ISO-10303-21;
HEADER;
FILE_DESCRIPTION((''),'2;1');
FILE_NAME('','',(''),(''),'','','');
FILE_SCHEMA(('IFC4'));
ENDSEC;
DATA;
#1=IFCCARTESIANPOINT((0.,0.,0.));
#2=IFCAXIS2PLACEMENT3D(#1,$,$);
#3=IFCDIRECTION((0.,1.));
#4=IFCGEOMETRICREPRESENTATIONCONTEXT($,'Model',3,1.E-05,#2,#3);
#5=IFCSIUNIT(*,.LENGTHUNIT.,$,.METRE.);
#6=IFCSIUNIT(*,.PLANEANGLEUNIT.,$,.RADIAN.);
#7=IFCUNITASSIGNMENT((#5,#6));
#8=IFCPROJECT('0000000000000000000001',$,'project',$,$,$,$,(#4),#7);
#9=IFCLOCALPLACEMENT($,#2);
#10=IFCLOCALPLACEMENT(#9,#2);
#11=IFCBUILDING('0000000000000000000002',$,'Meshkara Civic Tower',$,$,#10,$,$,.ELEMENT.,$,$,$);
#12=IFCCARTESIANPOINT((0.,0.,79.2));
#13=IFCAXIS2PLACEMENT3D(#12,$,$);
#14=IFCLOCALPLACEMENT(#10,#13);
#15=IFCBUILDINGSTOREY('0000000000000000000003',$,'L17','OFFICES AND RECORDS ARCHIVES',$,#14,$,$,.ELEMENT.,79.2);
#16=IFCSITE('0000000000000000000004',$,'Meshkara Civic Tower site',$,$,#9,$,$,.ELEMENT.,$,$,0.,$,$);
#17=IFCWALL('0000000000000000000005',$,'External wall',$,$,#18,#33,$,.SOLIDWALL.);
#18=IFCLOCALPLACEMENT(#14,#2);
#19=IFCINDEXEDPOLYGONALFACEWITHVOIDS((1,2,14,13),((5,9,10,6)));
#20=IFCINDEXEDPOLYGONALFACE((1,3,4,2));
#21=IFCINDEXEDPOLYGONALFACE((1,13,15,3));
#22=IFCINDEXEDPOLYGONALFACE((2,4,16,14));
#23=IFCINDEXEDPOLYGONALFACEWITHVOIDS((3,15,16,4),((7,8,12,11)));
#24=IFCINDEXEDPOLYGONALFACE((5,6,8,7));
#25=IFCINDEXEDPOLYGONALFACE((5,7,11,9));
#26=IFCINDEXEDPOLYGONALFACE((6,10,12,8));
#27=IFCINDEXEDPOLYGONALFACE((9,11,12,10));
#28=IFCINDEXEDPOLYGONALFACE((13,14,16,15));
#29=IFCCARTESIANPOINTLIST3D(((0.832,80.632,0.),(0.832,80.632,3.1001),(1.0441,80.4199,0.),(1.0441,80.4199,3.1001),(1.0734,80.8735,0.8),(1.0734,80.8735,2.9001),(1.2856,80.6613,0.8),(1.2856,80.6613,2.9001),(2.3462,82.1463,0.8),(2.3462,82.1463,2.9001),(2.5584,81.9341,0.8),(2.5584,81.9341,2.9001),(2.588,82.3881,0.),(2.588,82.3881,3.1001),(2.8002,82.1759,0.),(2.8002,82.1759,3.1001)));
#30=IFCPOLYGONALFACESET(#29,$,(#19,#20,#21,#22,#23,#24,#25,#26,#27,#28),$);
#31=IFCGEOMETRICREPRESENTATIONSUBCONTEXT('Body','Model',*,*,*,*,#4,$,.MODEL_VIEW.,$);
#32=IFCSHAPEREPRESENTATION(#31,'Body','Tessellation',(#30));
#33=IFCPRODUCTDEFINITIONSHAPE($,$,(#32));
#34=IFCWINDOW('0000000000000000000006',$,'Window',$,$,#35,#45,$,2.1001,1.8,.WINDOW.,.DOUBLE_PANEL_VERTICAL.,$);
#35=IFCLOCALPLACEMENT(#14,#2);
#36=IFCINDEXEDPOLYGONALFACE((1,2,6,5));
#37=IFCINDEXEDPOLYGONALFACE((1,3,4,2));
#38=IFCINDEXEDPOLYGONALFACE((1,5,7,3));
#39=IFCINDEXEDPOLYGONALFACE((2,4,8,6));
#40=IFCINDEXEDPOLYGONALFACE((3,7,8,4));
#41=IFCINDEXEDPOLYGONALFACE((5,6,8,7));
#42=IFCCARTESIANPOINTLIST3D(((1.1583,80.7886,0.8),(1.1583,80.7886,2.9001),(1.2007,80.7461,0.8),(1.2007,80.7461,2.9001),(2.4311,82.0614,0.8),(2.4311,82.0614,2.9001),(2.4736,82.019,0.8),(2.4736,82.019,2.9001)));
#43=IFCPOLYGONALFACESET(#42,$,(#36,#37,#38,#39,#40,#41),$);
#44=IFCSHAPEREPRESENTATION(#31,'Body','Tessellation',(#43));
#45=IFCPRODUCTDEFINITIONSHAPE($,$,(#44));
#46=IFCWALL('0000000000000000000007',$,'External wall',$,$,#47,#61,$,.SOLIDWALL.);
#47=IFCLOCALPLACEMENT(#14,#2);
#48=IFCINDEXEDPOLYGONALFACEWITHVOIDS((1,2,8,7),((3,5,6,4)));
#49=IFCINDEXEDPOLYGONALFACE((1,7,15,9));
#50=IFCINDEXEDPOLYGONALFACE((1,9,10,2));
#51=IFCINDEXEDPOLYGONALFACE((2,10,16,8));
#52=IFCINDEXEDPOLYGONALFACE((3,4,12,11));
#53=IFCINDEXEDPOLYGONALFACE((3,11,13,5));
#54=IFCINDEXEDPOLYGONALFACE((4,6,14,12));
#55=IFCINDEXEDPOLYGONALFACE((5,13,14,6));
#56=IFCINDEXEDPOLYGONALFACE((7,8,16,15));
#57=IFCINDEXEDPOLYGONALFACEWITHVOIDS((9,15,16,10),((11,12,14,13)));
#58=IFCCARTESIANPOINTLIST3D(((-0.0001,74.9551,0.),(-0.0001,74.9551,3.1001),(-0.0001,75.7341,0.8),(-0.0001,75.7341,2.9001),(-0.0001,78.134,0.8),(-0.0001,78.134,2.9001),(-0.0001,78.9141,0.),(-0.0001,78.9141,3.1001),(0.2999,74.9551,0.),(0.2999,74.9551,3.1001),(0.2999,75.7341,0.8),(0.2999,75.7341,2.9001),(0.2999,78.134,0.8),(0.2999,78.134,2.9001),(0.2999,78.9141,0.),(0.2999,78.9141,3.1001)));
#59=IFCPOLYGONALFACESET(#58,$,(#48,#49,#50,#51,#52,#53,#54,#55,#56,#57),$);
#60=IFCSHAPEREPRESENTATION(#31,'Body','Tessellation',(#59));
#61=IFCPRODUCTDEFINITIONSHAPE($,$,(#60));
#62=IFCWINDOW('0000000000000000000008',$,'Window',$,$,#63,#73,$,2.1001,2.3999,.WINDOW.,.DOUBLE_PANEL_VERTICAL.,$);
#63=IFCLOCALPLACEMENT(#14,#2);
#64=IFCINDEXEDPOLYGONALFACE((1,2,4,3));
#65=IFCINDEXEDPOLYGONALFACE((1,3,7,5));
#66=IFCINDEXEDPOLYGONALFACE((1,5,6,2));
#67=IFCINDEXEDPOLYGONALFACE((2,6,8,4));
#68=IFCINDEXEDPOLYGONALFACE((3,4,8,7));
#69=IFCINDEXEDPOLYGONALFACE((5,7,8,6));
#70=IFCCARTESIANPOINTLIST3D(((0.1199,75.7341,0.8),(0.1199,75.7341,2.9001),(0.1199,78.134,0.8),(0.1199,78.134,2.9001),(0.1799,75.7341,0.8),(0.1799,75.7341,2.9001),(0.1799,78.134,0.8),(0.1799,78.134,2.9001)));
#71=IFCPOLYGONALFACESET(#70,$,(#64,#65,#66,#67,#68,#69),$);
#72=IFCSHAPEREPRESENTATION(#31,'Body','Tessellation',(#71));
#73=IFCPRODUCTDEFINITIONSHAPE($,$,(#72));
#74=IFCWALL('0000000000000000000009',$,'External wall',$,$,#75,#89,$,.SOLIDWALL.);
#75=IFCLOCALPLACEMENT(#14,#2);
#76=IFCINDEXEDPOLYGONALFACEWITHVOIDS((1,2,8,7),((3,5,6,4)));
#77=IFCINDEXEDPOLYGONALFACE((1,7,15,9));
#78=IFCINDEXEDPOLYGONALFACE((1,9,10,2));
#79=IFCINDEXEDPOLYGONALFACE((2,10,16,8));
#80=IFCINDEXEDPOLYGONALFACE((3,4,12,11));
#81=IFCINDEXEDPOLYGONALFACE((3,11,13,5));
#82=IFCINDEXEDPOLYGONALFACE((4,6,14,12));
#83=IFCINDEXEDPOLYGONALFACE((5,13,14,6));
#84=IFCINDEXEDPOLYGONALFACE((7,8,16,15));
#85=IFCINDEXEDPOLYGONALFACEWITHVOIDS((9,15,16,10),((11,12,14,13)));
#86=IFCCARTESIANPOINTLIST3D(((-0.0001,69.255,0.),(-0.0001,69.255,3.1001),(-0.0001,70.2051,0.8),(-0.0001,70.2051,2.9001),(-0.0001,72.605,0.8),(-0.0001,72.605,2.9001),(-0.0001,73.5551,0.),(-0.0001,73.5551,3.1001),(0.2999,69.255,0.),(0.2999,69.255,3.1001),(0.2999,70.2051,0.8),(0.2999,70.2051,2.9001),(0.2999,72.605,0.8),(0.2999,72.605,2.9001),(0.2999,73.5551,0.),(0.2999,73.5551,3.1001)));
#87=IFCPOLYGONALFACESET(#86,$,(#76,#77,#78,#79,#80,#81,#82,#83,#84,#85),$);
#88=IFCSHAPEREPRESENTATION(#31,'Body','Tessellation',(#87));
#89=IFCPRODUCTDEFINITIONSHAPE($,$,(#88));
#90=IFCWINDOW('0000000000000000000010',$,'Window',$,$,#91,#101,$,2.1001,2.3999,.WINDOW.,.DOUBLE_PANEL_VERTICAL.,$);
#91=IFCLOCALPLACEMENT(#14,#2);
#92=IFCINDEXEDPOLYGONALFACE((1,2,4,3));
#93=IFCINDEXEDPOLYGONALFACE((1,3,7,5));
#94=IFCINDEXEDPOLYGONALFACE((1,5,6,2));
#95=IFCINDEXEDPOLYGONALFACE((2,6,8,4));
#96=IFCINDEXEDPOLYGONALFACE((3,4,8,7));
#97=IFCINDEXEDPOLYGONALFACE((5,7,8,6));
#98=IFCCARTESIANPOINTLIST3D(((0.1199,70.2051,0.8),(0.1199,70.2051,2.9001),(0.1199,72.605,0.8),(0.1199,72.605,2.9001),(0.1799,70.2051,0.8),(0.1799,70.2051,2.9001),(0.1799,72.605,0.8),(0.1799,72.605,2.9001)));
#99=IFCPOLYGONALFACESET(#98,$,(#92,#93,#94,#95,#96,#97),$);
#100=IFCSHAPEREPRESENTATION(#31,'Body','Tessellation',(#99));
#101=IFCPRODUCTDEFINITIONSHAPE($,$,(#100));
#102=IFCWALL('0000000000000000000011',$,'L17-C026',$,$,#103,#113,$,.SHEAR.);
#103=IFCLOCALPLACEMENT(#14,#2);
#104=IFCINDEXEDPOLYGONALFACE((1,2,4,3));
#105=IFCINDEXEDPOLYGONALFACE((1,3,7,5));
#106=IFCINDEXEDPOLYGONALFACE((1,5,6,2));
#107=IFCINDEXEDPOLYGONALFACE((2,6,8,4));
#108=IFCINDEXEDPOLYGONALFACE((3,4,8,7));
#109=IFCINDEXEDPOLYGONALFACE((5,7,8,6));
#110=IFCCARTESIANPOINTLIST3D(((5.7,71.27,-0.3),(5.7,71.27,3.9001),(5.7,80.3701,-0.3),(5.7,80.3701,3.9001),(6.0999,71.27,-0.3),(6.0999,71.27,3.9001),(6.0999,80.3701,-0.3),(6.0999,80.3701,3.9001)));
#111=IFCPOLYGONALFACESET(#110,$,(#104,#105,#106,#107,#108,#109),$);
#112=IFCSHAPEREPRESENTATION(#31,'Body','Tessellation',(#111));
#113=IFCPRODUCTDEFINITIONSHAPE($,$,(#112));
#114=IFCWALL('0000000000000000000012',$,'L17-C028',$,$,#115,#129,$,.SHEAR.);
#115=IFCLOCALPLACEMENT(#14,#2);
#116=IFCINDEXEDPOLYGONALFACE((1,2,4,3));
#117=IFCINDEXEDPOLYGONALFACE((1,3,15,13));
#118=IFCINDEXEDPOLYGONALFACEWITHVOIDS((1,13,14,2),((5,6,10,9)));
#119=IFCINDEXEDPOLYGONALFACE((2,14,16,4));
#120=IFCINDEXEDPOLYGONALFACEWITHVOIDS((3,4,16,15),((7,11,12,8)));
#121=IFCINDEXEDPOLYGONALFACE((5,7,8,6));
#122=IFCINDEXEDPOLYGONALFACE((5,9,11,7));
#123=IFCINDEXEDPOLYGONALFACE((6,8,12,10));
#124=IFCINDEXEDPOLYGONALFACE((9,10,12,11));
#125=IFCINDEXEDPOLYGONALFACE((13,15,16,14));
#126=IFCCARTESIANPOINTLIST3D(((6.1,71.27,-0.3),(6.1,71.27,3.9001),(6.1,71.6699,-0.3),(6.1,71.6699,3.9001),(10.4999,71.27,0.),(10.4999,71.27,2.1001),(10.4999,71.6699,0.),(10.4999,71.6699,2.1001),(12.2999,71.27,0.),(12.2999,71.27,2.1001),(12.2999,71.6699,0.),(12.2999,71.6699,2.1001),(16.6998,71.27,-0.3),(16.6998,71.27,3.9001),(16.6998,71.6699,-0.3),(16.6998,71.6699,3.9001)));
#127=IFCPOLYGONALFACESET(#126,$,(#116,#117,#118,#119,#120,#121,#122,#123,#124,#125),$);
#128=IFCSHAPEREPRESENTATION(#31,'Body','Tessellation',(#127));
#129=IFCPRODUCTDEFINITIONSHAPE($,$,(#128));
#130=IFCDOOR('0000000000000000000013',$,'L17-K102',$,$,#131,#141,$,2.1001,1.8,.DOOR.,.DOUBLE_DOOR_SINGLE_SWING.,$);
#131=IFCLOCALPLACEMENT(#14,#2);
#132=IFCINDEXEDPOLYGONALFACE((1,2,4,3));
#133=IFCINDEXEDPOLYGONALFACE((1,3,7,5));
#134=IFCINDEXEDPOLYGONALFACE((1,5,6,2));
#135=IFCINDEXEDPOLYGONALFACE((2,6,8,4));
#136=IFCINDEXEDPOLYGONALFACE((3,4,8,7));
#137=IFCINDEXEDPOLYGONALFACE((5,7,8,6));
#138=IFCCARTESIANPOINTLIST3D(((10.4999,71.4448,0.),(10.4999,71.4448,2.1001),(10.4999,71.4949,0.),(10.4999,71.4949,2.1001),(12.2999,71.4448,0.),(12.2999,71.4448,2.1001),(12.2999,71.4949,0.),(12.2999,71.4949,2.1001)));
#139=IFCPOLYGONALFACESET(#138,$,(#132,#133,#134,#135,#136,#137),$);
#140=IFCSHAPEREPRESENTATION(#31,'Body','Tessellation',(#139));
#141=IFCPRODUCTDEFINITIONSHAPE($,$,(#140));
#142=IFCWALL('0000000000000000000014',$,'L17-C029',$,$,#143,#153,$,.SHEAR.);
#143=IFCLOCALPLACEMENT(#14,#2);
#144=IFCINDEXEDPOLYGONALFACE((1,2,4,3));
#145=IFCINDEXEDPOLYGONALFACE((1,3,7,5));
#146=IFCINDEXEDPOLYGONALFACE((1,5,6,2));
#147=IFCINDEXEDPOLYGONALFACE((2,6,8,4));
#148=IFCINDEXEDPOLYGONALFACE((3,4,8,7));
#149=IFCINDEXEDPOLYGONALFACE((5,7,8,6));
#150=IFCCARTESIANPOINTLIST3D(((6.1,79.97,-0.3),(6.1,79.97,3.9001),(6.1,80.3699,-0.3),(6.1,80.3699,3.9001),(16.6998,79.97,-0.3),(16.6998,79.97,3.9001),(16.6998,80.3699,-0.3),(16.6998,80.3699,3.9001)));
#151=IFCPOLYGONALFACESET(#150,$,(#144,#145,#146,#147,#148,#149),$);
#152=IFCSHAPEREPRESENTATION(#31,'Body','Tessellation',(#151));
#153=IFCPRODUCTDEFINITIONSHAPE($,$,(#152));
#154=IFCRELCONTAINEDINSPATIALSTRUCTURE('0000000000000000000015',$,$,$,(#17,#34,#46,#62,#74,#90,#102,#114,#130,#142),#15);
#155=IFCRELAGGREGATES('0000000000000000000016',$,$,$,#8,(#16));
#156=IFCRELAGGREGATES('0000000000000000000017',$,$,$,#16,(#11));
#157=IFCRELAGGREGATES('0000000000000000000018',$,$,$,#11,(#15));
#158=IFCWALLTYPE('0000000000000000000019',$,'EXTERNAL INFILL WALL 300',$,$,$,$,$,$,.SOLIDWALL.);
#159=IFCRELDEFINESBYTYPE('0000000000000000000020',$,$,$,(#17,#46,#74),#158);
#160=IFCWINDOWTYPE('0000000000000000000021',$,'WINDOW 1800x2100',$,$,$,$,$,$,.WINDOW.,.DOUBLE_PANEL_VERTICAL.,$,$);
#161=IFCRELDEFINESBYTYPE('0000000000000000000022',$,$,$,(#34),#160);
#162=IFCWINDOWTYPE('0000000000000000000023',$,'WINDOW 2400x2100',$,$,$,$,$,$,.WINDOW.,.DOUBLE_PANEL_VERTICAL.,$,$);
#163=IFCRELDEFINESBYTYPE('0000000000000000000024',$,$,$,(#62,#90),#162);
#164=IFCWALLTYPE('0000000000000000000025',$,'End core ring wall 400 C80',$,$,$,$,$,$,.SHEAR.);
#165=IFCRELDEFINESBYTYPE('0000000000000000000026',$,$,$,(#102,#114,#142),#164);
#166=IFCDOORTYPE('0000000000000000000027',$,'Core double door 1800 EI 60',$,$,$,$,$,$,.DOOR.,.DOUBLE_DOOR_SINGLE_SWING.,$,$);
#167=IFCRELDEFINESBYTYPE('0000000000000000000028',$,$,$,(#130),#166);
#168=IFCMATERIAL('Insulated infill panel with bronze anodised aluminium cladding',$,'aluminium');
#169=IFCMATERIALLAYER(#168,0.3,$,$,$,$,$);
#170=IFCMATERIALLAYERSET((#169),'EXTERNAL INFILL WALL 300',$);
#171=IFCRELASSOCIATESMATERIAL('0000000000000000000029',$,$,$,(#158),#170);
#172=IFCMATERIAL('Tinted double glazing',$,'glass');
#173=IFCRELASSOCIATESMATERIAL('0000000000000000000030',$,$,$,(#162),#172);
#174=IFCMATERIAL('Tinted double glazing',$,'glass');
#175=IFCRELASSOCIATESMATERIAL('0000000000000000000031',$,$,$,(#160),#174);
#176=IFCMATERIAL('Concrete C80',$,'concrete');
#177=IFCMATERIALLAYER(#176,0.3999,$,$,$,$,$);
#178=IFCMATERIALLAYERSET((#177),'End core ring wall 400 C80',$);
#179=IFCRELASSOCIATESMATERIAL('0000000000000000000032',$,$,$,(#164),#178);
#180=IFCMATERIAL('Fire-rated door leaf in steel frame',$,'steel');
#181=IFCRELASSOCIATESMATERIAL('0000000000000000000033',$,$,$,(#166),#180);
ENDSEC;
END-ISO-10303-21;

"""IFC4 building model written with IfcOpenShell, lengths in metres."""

from ifc_helpers import new_model, si_unit, direction, frame, frame_2d, origin, place, context, subcontext, project, spatial, rectangle, extrude, material, layer, layer_set, type_object, element, fill, save


model = new_model("IFC4")

# Units and contexts
model_context = context("Model", 3, precision=1e-05, world=origin(), true_north=direction((0.0, 1.0)))
body_context = subcontext(model_context, "Body", "Model", "MODEL_VIEW")
ifc_project = project(units=[si_unit("LENGTHUNIT", "METRE"), si_unit("PLANEANGLEUNIT", "RADIAN")], contexts=[model_context])

# Site, building, storey
site_placement = place(None, origin())
site = spatial("IfcSite", under=ifc_project, at=site_placement, Name="Meshkara Civic Tower site", CompositionType="ELEMENT", RefElevation=0.0)
building_placement = place(site_placement, origin())
building = spatial("IfcBuilding", under=site, at=building_placement, Name="Meshkara Civic Tower", CompositionType="ELEMENT")
storey_placement = place(building_placement, frame((0.0, 0.0, 79.2)))
storey = spatial("IfcBuildingStorey", under=building, at=storey_placement, Name="L17", Description="OFFICES AND RECORDS ARCHIVES", CompositionType="ELEMENT", Elevation=79.2)

# Walls, openings, windows
ifc_material_1 = material(Name="Insulated infill panel with bronze anodised aluminium cladding", Category="aluminium")
ifc_layer_1 = layer(ifc_material_1, 0.3)
ifc_layer_set_1 = layer_set([ifc_layer_1], Name="EXTERNAL INFILL WALL 300")
wall_type_1 = type_object("IfcWallType", Name="EXTERNAL INFILL WALL 300", PredefinedType="SOLIDWALL", material=ifc_layer_set_1)
ifc_material_2 = material(Name="Tinted double glazing", Category="glass")
window_type_1 = type_object("IfcWindowType", Name="WINDOW 2400x2100", PartitioningType="DOUBLE_PANEL_VERTICAL", PredefinedType="WINDOW", material=ifc_material_2)
wall_1_placement = place(storey_placement, frame((2.6941, 82.282, 0.0), z_axis=(0.0, 0.0, 1.0), x_axis=(-0.707107, -0.707107, 0.0)))
wall_1 = element("IfcWall", 1, at=wall_1_placement, inside=storey, type_object=wall_type_1, Name="External wall", PredefinedType="SOLIDWALL", context=body_context, shape_type="SweptSolid", body=[
    extrude(rectangle(XDim=2.4834, YDim=0.3, at=frame_2d((1.2417, 0.0))), origin(), (0.0, 0.0, 1.0), 3.1001),
])
opening_1_placement = place(wall_1_placement, frame((0.342, 0.0, 0.8)))
opening_1 = element("IfcOpeningElement", 2, at=opening_1_placement, cuts=wall_1, PredefinedType="OPENING", context=body_context, shape_type="SweptSolid", body=[
    extrude(rectangle(XDim=1.8, YDim=2.1001, at=frame_2d((0.8999, 1.05))), frame((0.0, 0.1599, 0.0), z_axis=(0.0, -1.0, 0.0), x_axis=(1.0, 0.0, 0.0)), (0.0, 0.0, 1.0), 0.3201),
])
ifc_material_3 = material(Name="Tinted double glazing", Category="glass")
window_type_2 = type_object("IfcWindowType", Name="WINDOW 1800x2100", PartitioningType="DOUBLE_PANEL_VERTICAL", PredefinedType="WINDOW", material=ifc_material_3)
window_1_placement = place(opening_1_placement, origin())
window_1 = element("IfcWindow", 3, at=window_1_placement, inside=storey, type_object=window_type_2, Name="Window", OverallHeight=2.1001, OverallWidth=1.8, PartitioningType="DOUBLE_PANEL_VERTICAL", PredefinedType="WINDOW", context=body_context, shape_type="SweptSolid", body=[
    extrude(rectangle(XDim=1.8, YDim=2.1001, at=frame_2d((0.8999, 1.05))), frame((0.0, 0.03, 0.0), z_axis=(0.0, -1.0, 0.0), x_axis=(1.0, 0.0, 0.0)), (0.0, 0.0, 1.0), 0.0601),
])
fill(opening_1, window_1)
wall_2_placement = place(storey_placement, frame((0.1499, 78.9141, 0.0), z_axis=(0.0, 0.0, 1.0), x_axis=(0.0, -1.0, 0.0)))
wall_2 = element("IfcWall", 4, at=wall_2_placement, inside=storey, type_object=wall_type_1, Name="External wall", PredefinedType="SOLIDWALL", context=body_context, shape_type="SweptSolid", body=[
    extrude(rectangle(XDim=3.959, YDim=0.3, at=frame_2d((1.9795, 0.0))), origin(), (0.0, 0.0, 1.0), 3.1001),
])
opening_2_placement = place(wall_2_placement, frame((0.78, 0.0, 0.8)))
opening_2 = element("IfcOpeningElement", 5, at=opening_2_placement, cuts=wall_2, PredefinedType="OPENING", context=body_context, shape_type="SweptSolid", body=[
    extrude(rectangle(XDim=2.3999, YDim=2.1001, at=frame_2d((1.2, 1.05))), frame((0.0, 0.1599, 0.0), z_axis=(0.0, -1.0, 0.0), x_axis=(1.0, 0.0, 0.0)), (0.0, 0.0, 1.0), 0.3201),
])
window_2_placement = place(opening_2_placement, origin())
window_2 = element("IfcWindow", 6, at=window_2_placement, inside=storey, type_object=window_type_1, Name="Window", OverallHeight=2.1001, OverallWidth=2.3999, PartitioningType="DOUBLE_PANEL_VERTICAL", PredefinedType="WINDOW", context=body_context, shape_type="SweptSolid", body=[
    extrude(rectangle(XDim=2.3999, YDim=2.1001, at=frame_2d((1.2, 1.05))), frame((0.0, 0.03, 0.0), z_axis=(0.0, -1.0, 0.0), x_axis=(1.0, 0.0, 0.0)), (0.0, 0.0, 1.0), 0.0601),
])
fill(opening_2, window_2)
wall_3_placement = place(storey_placement, frame((0.1499, 73.5549, 0.0), z_axis=(0.0, 0.0, 1.0), x_axis=(0.0, -1.0, 0.0)))
wall_3 = element("IfcWall", 7, at=wall_3_placement, inside=storey, type_object=wall_type_1, Name="External wall", PredefinedType="SOLIDWALL", context=body_context, shape_type="SweptSolid", body=[
    extrude(rectangle(XDim=4.3, YDim=0.3, at=frame_2d((2.1499, 0.0))), origin(), (0.0, 0.0, 1.0), 3.1001),
])
opening_3_placement = place(wall_3_placement, frame((0.95, 0.0, 0.8)))
opening_3 = element("IfcOpeningElement", 8, at=opening_3_placement, cuts=wall_3, PredefinedType="OPENING", context=body_context, shape_type="SweptSolid", body=[
    extrude(rectangle(XDim=2.3999, YDim=2.1001, at=frame_2d((1.2, 1.05))), frame((0.0, 0.1599, 0.0), z_axis=(0.0, -1.0, 0.0), x_axis=(1.0, 0.0, 0.0)), (0.0, 0.0, 1.0), 0.3201),
])
window_3_placement = place(opening_3_placement, origin())
window_3 = element("IfcWindow", 9, at=window_3_placement, inside=storey, type_object=window_type_1, Name="Window", OverallHeight=2.1001, OverallWidth=2.3999, PartitioningType="DOUBLE_PANEL_VERTICAL", PredefinedType="WINDOW", context=body_context, shape_type="SweptSolid", body=[
    extrude(rectangle(XDim=2.3999, YDim=2.1001, at=frame_2d((1.2, 1.05))), frame((0.0, 0.03, 0.0), z_axis=(0.0, -1.0, 0.0), x_axis=(1.0, 0.0, 0.0)), (0.0, 0.0, 1.0), 0.0601),
])
fill(opening_3, window_3)

# Wall
ifc_material_4 = material(Name="Concrete C80", Category="concrete")
ifc_layer_2 = layer(ifc_material_4, 0.3999)
ifc_layer_set_2 = layer_set([ifc_layer_2], Name="End core ring wall 400 C80")
wall_type_2 = type_object("IfcWallType", Name="End core ring wall 400 C80", PredefinedType="SHEAR", material=ifc_layer_set_2)
wall_4_placement = place(storey_placement, frame((5.8999, 71.27, -0.3), z_axis=(0.0, 0.0, 1.0), x_axis=(0.0, 1.0, 0.0)))
element("IfcWall", 10, at=wall_4_placement, inside=storey, type_object=wall_type_2, Name="L17-C026", PredefinedType="SHEAR", context=body_context, shape_type="SweptSolid", body=[
    extrude(rectangle(XDim=9.1001, YDim=0.3999, at=frame_2d((4.55, 0.0))), origin(), (0.0, 0.0, 1.0), 4.2002),
])

# Wall, opening, door
wall_5_placement = place(storey_placement, frame((6.1001, 71.47, -0.3), z_axis=(0.0, 0.0, 1.0), x_axis=(1.0, 0.0, 0.0)))
wall_5 = element("IfcWall", 11, at=wall_5_placement, inside=storey, type_object=wall_type_2, Name="L17-C028", PredefinedType="SHEAR", context=body_context, shape_type="SweptSolid", body=[
    extrude(rectangle(XDim=10.5999, YDim=0.3999, at=frame_2d((5.2998, 0.0))), origin(), (0.0, 0.0, 1.0), 4.2002),
])
opening_4_placement = place(wall_5_placement, frame((4.3999, 0.0, 0.3)))
opening_4 = element("IfcOpeningElement", 12, at=opening_4_placement, cuts=wall_5, PredefinedType="OPENING", context=body_context, shape_type="SweptSolid", body=[
    extrude(rectangle(XDim=1.8, YDim=2.1001, at=frame_2d((0.8999, 1.05))), frame((0.0, 0.21, 0.0), z_axis=(0.0, -1.0, 0.0), x_axis=(1.0, 0.0, 0.0)), (0.0, 0.0, 1.0), 0.4199),
])
ifc_material_5 = material(Name="Fire-rated door leaf in steel frame", Category="steel")
door_type_1 = type_object("IfcDoorType", Name="Core double door 1800 EI 60", OperationType="DOUBLE_DOOR_SINGLE_SWING", PredefinedType="DOOR", material=ifc_material_5)
door_1_placement = place(opening_4_placement, origin())
door_1 = element("IfcDoor", 13, at=door_1_placement, inside=storey, type_object=door_type_1, Name="L17-K102", OperationType="DOUBLE_DOOR_SINGLE_SWING", OverallHeight=2.1001, OverallWidth=1.8, PredefinedType="DOOR", context=body_context, shape_type="SweptSolid", body=[
    extrude(rectangle(XDim=1.8, YDim=2.1001, at=frame_2d((0.8999, 1.05))), frame((0.0, 0.0249, 0.0), z_axis=(0.0, -1.0, 0.0), x_axis=(1.0, 0.0, 0.0)), (0.0, 0.0, 1.0), 0.05),
])
fill(opening_4, door_1)

# Wall
wall_6_placement = place(storey_placement, frame((6.1001, 80.1699, -0.3), z_axis=(0.0, 0.0, 1.0), x_axis=(1.0, 0.0, 0.0)))
element("IfcWall", 14, at=wall_6_placement, inside=storey, type_object=wall_type_2, Name="L17-C029", PredefinedType="SHEAR", context=body_context, shape_type="SweptSolid", body=[
    extrude(rectangle(XDim=10.5999, YDim=0.3999, at=frame_2d((5.2998, 0.0))), origin(), (0.0, 0.0, 1.0), 4.2002),
])

save(model, "model.ifc")
